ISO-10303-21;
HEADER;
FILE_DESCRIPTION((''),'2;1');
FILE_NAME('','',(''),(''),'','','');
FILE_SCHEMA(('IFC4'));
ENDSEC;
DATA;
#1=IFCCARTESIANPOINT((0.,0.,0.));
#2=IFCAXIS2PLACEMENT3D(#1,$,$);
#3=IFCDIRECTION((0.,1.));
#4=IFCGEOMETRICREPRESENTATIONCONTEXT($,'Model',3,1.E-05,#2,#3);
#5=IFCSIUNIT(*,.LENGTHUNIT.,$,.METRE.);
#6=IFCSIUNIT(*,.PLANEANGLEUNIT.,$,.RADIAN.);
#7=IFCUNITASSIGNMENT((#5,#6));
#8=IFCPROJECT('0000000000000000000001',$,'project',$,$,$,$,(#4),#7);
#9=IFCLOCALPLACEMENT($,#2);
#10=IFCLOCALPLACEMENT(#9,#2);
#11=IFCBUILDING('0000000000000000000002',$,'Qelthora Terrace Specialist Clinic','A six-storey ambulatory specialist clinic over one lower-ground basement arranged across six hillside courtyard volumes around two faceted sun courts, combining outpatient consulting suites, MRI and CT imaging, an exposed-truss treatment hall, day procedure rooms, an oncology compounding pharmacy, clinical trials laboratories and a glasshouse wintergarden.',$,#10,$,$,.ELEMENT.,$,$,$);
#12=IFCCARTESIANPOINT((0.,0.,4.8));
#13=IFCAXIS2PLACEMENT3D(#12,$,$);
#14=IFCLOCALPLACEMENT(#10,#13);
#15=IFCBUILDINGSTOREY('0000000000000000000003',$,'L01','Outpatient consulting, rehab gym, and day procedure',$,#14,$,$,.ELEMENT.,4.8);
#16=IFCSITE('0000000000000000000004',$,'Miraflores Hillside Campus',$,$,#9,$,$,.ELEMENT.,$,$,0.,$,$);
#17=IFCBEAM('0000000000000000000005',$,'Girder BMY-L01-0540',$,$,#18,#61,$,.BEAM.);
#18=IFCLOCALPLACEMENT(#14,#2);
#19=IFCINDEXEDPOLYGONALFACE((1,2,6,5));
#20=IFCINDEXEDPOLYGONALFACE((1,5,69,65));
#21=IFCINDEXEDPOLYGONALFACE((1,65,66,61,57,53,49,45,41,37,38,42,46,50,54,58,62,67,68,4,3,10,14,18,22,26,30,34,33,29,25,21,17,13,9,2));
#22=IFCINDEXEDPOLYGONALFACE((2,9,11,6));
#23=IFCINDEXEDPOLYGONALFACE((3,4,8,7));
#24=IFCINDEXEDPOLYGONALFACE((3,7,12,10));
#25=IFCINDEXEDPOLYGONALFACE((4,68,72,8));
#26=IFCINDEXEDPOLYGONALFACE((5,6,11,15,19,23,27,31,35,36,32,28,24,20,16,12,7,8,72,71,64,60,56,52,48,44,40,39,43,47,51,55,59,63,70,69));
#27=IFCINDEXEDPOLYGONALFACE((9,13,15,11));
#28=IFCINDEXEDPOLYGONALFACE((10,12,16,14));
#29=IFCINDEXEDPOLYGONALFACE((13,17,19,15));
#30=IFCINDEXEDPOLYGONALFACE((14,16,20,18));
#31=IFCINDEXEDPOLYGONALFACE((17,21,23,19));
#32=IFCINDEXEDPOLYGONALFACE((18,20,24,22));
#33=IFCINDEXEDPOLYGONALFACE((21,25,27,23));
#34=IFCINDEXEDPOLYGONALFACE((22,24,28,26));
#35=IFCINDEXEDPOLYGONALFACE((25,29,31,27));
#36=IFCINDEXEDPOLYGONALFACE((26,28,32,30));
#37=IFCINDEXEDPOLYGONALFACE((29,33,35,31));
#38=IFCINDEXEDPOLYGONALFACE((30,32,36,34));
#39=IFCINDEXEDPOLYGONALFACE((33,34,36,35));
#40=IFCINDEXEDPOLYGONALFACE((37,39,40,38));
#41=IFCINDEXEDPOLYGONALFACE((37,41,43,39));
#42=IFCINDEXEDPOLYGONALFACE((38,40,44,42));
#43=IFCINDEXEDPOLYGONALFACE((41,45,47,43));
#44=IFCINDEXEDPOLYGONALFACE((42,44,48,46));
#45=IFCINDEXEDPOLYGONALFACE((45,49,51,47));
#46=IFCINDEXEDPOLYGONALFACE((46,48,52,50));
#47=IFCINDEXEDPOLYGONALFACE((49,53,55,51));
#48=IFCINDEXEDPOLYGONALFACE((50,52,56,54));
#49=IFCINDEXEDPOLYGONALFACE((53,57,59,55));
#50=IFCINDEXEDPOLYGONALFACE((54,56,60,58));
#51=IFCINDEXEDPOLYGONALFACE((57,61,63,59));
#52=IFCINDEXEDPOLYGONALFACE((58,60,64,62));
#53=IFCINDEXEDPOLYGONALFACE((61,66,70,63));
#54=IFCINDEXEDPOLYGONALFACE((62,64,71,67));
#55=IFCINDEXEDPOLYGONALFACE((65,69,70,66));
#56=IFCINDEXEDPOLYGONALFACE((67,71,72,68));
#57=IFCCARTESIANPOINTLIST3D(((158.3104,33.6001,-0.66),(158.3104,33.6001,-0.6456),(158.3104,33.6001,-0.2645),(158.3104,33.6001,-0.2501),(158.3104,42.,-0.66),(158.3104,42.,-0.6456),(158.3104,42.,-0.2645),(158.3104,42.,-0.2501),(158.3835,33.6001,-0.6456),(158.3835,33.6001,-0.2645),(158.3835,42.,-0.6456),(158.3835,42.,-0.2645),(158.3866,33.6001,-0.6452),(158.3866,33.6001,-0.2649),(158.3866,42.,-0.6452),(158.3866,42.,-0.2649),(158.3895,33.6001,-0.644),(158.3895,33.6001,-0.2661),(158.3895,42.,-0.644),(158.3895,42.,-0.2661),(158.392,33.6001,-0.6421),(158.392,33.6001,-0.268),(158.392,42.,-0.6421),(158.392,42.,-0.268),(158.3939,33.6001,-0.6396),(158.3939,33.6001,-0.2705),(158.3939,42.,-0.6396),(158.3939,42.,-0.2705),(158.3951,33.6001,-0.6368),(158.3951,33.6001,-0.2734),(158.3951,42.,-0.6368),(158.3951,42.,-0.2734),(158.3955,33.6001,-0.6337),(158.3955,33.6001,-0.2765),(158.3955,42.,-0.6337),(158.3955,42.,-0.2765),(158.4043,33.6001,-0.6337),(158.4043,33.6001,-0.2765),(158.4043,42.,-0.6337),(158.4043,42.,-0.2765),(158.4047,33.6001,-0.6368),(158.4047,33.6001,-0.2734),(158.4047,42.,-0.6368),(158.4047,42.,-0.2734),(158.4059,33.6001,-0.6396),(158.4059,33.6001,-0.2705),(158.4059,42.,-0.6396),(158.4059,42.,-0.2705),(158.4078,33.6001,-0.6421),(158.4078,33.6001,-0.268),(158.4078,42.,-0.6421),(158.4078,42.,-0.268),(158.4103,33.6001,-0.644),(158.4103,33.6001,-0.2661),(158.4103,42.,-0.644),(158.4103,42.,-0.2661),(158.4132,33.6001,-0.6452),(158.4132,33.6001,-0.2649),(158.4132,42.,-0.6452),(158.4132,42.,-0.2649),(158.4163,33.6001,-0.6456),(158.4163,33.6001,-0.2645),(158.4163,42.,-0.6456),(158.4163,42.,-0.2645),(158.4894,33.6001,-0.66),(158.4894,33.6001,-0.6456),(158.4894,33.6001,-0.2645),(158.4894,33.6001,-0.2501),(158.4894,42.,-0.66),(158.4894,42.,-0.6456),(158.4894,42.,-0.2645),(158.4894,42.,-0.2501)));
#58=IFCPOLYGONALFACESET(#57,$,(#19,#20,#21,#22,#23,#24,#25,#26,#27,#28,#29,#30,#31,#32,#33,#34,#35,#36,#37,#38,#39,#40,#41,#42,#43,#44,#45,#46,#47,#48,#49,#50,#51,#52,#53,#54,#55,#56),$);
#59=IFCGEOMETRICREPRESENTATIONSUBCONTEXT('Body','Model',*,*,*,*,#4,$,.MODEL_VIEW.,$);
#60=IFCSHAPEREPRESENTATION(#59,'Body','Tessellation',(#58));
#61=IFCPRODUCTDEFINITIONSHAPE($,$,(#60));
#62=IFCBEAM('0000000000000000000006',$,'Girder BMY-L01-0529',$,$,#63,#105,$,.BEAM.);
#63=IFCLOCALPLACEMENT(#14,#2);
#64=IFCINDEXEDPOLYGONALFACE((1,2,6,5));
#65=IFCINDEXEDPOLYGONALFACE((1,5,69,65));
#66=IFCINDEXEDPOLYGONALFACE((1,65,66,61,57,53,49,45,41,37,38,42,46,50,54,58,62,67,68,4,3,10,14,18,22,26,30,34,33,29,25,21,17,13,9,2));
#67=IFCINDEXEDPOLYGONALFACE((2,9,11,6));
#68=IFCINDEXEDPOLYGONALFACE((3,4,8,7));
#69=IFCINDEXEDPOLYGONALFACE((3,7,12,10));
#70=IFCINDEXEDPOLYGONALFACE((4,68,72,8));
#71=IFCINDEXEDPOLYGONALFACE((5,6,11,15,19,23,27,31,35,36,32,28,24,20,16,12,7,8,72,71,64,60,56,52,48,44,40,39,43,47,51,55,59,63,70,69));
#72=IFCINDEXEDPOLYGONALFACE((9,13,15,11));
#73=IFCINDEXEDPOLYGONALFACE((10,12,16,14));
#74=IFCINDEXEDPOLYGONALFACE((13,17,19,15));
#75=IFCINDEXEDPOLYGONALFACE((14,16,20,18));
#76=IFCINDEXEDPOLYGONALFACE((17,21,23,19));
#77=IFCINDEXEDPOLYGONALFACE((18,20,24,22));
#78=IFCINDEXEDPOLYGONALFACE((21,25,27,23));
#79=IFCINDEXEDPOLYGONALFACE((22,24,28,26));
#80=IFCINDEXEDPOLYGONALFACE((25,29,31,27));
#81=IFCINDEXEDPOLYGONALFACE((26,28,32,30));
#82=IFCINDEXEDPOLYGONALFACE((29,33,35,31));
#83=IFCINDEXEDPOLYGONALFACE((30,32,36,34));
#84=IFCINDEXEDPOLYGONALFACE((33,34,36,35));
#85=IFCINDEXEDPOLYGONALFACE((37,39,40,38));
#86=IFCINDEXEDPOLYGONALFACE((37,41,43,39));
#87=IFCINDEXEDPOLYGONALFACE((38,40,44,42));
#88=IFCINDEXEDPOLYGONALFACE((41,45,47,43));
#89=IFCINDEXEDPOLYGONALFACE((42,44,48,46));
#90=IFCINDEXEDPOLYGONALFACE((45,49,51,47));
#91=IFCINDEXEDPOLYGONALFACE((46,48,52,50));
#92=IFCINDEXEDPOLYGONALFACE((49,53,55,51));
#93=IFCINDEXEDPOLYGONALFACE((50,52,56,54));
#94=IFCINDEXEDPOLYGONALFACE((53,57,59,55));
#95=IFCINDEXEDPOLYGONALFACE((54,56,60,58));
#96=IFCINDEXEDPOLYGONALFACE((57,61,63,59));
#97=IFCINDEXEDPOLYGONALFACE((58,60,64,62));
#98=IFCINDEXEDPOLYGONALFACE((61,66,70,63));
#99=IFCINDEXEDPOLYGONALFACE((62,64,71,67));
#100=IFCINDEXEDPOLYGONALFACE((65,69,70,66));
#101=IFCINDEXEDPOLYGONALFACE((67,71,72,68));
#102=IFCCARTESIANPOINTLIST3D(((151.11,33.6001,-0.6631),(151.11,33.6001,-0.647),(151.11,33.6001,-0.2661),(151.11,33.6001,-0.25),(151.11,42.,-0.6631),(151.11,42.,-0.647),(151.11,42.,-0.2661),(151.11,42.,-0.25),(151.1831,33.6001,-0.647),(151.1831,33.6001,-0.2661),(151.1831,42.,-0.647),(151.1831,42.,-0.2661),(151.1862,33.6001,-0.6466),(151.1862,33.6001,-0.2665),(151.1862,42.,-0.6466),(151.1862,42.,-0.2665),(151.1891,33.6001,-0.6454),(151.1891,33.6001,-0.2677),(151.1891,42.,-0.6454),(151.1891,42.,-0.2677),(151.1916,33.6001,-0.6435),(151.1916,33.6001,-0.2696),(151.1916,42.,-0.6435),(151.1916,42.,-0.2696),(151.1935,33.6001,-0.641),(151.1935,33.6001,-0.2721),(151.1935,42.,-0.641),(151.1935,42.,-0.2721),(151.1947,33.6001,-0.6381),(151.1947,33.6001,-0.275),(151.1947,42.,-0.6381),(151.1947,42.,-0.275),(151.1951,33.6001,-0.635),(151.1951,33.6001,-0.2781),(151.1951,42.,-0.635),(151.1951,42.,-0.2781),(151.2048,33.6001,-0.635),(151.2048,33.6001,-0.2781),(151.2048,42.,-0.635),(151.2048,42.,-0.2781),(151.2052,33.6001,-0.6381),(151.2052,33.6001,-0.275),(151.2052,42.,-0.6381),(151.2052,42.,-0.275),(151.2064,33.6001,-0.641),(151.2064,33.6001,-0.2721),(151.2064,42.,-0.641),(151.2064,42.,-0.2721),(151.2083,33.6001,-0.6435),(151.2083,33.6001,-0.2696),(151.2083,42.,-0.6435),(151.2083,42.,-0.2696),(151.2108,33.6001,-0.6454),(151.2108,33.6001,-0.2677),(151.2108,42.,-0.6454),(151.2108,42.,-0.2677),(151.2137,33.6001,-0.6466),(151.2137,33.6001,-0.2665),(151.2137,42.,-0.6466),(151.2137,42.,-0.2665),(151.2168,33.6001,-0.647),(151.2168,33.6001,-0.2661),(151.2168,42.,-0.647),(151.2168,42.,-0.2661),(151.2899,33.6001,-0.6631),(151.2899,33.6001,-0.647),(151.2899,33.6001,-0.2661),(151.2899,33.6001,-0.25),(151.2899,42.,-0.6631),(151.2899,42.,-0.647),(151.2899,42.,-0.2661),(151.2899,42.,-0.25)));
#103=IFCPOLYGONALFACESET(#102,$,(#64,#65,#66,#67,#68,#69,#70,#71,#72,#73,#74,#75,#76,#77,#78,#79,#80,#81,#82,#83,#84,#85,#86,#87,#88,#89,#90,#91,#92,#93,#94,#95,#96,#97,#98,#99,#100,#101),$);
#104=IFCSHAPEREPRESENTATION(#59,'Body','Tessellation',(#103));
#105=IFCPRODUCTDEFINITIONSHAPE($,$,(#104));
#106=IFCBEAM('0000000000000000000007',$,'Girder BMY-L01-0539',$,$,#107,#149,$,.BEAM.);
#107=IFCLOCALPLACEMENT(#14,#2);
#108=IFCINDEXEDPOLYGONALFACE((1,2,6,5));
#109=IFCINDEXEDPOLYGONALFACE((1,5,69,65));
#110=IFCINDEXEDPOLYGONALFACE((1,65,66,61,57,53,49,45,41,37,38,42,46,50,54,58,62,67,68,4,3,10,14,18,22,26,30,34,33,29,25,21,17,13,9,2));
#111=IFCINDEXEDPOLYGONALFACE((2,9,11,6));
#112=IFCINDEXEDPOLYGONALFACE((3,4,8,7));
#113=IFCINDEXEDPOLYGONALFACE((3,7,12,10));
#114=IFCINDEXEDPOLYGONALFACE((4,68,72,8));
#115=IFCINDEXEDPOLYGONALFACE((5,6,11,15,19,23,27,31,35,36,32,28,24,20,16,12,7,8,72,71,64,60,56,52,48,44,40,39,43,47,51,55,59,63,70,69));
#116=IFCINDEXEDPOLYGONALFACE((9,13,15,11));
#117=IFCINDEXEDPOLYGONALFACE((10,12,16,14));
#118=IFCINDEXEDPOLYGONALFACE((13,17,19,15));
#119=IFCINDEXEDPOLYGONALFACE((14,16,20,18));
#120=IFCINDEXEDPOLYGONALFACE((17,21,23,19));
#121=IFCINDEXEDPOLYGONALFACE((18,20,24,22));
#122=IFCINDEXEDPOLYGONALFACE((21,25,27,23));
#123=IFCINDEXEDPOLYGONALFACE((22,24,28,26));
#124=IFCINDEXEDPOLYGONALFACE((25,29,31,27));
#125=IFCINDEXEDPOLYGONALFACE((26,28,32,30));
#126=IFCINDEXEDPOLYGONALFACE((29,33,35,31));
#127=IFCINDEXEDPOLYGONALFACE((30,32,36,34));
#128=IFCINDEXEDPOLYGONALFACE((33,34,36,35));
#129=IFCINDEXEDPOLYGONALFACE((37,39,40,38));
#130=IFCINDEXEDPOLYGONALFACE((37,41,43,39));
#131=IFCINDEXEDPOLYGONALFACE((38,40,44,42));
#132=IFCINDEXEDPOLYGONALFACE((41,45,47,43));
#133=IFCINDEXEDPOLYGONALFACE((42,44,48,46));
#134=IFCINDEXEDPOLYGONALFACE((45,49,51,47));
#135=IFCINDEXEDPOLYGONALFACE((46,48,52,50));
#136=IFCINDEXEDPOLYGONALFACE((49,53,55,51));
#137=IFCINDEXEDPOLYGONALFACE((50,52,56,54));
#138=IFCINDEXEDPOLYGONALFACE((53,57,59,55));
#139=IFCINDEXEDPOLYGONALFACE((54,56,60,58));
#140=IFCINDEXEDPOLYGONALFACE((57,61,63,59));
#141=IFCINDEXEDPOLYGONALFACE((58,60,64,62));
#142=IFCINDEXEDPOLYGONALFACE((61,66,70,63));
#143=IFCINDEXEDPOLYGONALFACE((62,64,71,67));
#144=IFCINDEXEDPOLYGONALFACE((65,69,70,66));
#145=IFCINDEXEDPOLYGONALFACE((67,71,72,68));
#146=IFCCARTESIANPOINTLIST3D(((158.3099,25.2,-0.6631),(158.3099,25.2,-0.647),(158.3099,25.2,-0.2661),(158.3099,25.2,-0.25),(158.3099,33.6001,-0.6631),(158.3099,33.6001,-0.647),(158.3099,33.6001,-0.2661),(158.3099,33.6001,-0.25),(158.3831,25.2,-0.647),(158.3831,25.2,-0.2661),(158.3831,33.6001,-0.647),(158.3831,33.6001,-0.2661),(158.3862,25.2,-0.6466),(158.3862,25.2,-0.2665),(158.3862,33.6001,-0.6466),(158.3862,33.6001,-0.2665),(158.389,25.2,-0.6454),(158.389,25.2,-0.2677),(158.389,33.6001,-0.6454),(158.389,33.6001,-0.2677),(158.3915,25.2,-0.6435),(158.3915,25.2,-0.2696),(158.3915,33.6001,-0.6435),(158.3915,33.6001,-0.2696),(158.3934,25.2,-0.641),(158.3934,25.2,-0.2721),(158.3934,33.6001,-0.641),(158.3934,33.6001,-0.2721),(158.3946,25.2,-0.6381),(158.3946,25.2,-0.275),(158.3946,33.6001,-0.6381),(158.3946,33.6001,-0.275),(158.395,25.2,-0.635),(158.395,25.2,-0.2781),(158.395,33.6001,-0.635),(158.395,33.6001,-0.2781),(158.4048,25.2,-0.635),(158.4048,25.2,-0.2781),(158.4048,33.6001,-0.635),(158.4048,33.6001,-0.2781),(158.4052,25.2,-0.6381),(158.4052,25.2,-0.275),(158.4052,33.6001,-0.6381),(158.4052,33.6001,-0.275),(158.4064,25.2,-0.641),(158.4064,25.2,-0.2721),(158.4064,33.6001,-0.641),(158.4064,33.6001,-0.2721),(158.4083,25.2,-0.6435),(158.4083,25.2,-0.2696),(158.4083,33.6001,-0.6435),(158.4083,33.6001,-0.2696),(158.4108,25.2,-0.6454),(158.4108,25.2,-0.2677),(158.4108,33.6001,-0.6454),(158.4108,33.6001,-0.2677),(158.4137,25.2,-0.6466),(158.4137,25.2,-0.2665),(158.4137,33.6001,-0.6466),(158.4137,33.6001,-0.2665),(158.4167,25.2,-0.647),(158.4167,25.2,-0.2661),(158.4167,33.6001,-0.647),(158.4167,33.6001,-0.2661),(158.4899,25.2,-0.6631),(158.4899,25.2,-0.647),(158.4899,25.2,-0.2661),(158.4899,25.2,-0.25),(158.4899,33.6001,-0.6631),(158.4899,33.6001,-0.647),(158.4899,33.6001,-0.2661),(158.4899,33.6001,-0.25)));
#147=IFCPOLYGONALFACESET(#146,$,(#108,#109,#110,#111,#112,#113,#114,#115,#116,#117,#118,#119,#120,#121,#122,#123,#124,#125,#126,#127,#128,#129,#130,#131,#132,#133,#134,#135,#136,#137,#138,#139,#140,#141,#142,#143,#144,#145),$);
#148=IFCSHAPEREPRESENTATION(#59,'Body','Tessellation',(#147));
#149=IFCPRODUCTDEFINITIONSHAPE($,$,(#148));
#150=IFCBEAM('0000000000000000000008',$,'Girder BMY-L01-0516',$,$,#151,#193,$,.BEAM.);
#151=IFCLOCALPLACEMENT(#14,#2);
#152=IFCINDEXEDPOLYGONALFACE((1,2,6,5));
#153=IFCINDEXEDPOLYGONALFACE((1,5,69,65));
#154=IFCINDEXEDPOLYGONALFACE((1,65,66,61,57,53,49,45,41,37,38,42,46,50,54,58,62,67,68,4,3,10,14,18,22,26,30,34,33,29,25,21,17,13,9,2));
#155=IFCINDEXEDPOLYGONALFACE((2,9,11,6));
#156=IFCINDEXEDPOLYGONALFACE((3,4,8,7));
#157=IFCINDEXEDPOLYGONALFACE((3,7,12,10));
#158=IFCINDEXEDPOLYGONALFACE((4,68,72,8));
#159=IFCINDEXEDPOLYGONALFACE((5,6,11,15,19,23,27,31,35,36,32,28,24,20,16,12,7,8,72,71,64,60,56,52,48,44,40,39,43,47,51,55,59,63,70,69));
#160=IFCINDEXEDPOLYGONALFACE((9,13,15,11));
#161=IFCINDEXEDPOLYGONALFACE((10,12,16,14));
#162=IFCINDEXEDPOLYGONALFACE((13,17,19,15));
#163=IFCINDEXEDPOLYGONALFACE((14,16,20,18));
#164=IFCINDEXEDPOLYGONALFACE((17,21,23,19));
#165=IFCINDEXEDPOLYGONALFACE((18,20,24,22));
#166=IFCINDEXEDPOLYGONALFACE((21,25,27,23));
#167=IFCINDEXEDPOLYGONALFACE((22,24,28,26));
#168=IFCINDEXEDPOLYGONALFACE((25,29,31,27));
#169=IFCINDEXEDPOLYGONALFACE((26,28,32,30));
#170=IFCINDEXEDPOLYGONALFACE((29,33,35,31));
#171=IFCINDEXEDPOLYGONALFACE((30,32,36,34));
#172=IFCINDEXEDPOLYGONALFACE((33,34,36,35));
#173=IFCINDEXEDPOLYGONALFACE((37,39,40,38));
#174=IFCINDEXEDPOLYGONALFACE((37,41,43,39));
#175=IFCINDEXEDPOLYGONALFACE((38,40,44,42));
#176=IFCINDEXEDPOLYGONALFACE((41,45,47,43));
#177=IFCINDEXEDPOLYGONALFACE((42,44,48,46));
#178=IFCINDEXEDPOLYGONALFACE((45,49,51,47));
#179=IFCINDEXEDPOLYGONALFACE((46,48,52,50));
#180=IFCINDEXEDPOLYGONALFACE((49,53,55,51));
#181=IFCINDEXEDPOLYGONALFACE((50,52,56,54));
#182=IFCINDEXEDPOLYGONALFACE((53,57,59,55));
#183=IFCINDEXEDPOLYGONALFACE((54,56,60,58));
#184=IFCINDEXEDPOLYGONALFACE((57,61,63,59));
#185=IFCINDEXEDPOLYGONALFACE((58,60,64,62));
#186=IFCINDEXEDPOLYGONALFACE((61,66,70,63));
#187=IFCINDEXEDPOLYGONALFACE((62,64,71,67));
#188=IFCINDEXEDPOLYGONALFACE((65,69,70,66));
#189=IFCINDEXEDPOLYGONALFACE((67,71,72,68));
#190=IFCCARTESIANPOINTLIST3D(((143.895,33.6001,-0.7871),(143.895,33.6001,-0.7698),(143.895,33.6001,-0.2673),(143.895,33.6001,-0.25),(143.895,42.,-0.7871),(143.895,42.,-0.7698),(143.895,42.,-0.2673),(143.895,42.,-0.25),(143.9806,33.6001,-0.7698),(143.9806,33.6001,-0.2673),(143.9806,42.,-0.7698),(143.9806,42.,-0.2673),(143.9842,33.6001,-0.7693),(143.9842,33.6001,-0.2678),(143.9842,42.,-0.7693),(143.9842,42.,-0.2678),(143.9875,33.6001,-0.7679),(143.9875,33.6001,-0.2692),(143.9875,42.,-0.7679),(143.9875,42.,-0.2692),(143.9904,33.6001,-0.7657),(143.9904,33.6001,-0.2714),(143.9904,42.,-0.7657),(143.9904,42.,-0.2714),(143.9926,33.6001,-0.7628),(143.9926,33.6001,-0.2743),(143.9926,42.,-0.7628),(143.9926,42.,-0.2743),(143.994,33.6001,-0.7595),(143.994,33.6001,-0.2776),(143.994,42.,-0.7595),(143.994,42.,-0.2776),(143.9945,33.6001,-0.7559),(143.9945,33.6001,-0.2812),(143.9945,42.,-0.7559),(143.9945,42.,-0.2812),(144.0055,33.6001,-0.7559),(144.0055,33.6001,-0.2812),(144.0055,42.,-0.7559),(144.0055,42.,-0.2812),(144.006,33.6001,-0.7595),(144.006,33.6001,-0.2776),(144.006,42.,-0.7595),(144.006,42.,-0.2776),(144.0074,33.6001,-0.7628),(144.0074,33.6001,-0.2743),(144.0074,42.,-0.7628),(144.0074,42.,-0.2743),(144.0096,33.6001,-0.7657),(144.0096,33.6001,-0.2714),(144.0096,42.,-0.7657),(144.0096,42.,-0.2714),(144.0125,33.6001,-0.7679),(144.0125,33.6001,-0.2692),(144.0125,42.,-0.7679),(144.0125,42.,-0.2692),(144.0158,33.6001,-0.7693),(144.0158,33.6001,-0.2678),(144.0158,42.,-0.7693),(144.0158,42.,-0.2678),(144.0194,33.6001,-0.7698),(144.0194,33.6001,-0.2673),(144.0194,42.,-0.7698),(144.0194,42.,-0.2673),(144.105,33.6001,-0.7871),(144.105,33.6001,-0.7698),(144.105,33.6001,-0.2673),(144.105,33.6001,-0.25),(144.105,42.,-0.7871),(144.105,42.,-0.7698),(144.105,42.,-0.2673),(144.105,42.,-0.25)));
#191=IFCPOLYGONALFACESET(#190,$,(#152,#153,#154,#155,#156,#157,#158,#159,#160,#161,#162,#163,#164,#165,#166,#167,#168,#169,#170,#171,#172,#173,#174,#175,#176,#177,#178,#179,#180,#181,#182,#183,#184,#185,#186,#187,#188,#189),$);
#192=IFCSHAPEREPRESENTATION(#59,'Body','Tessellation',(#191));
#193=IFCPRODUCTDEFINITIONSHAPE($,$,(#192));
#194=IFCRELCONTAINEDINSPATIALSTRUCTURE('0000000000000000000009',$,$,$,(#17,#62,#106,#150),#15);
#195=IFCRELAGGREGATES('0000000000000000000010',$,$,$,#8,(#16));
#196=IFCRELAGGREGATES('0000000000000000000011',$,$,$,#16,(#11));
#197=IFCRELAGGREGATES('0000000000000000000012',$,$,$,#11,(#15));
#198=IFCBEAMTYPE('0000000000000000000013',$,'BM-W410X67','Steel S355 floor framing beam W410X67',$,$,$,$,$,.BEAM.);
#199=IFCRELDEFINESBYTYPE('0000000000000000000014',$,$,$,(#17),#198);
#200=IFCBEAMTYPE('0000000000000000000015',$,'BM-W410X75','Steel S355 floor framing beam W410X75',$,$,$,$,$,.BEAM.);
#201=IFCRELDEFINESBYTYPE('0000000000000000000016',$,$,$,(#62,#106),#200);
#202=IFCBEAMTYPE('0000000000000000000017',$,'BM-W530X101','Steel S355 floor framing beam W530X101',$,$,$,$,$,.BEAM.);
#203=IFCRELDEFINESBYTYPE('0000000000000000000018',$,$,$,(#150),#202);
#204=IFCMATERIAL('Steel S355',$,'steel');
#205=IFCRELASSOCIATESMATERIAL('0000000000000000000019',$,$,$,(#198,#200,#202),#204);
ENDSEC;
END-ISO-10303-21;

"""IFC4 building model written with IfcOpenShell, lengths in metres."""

from ifc_helpers import new_model, si_unit, direction, frame, origin, origin_2d, place, context, subcontext, project, spatial, i_section, extrude, material, material_profile, profile_set, type_object, element, save


model = new_model("IFC4")

# Units and contexts
model_context = context("Model", 3, precision=1e-05, world=origin(), true_north=direction((0.0, 1.0)))
body_context = subcontext(model_context, "Body", "Model", "MODEL_VIEW")
ifc_project = project(units=[si_unit("LENGTHUNIT", "METRE"), si_unit("PLANEANGLEUNIT", "RADIAN")], contexts=[model_context])

# Site, building, storey
site_placement = place(None, origin())
site = spatial("IfcSite", under=ifc_project, at=site_placement, Name="Miraflores Hillside Campus", CompositionType="ELEMENT", RefElevation=0.0)
building_placement = place(site_placement, origin())
building = spatial("IfcBuilding", under=site, at=building_placement, Name="Qelthora Terrace Specialist Clinic", Description="A six-storey ambulatory specialist clinic over one lower-ground basement arranged across six hillside courtyard volumes around two faceted sun courts, combining outpatient consulting suites, MRI and CT imaging, an exposed-truss treatment hall, day procedure rooms, an oncology compounding pharmacy, clinical trials laboratories and a glasshouse wintergarden.", CompositionType="ELEMENT")
storey_placement = place(building_placement, frame((0.0, 0.0, 4.8)))
storey = spatial("IfcBuildingStorey", under=building, at=storey_placement, Name="L01", Description="Outpatient consulting, rehab gym, and day procedure", CompositionType="ELEMENT", Elevation=4.8)

# Shared definitions
ifc_material_1 = material(Name="Steel S355", Category="steel")

# Beams
ifc_material_profile_1 = material_profile(ifc_material_1, i_section(OverallWidth=0.179, OverallDepth=0.4099, WebThickness=0.0088, FlangeThickness=0.0144, FilletRadius=0.012, at=origin_2d()), Name="W410X67")
ifc_profile_set_1 = profile_set([ifc_material_profile_1], Name="Steel S355")
beam_type_1 = type_object("IfcBeamType", Name="BM-W410X67", Description="Steel S355 floor framing beam W410X67", PredefinedType="BEAM", material=ifc_profile_set_1)
beam_1_placement = place(storey_placement, frame((158.3999, 33.6001, -0.4551), z_axis=(0.0, 1.0, 0.0), x_axis=(-1.0, 0.0, 0.0)))
element("IfcBeam", 1, at=beam_1_placement, inside=storey, type_object=beam_type_1, Name="Girder BMY-L01-0540", PredefinedType="BEAM", context=body_context, shape_type="SweptSolid", body=[
    extrude(i_section(OverallWidth=0.179, OverallDepth=0.4099, WebThickness=0.0088, FlangeThickness=0.0144, FilletRadius=0.012, at=origin_2d()), origin(), (0.0, 0.0, 1.0), 8.3999),
])
ifc_material_profile_2 = material_profile(ifc_material_1, i_section(OverallWidth=0.1799, OverallDepth=0.4131, WebThickness=0.0098, FlangeThickness=0.0161, FilletRadius=0.012, at=origin_2d()), Name="W410X75")
ifc_profile_set_2 = profile_set([ifc_material_profile_2], Name="Steel S355")
beam_type_2 = type_object("IfcBeamType", Name="BM-W410X75", Description="Steel S355 floor framing beam W410X75", PredefinedType="BEAM", material=ifc_profile_set_2)
beam_2_placement = place(storey_placement, frame((151.2, 33.6001, -0.4565), z_axis=(0.0, 1.0, 0.0), x_axis=(-1.0, 0.0, 0.0)))
element("IfcBeam", 2, at=beam_2_placement, inside=storey, type_object=beam_type_2, Name="Girder BMY-L01-0529", PredefinedType="BEAM", context=body_context, shape_type="SweptSolid", body=[
    extrude(i_section(OverallWidth=0.1799, OverallDepth=0.4131, WebThickness=0.0098, FlangeThickness=0.0161, FilletRadius=0.012, at=origin_2d()), origin(), (0.0, 0.0, 1.0), 8.3999),
])
beam_3_placement = place(storey_placement, frame((158.3999, 25.2, -0.4565), z_axis=(0.0, 1.0, 0.0), x_axis=(-1.0, 0.0, 0.0)))
element("IfcBeam", 3, at=beam_3_placement, inside=storey, type_object=beam_type_2, Name="Girder BMY-L01-0539", PredefinedType="BEAM", context=body_context, shape_type="SweptSolid", body=[
    extrude(i_section(OverallWidth=0.1799, OverallDepth=0.4131, WebThickness=0.0098, FlangeThickness=0.0161, FilletRadius=0.012, at=origin_2d()), origin(), (0.0, 0.0, 1.0), 8.4001),
])
ifc_material_profile_3 = material_profile(ifc_material_1, i_section(OverallWidth=0.21, OverallDepth=0.5371, WebThickness=0.011, FlangeThickness=0.0173, FilletRadius=0.0139, at=origin_2d()), Name="W530X101")
ifc_profile_set_3 = profile_set([ifc_material_profile_3], Name="Steel S355")
beam_type_3 = type_object("IfcBeamType", Name="BM-W530X101", Description="Steel S355 floor framing beam W530X101", PredefinedType="BEAM", material=ifc_profile_set_3)
beam_4_placement = place(storey_placement, frame((144.0, 33.6001, -0.5186), z_axis=(0.0, 1.0, 0.0), x_axis=(-1.0, 0.0, 0.0)))
element("IfcBeam", 4, at=beam_4_placement, inside=storey, type_object=beam_type_3, Name="Girder BMY-L01-0516", PredefinedType="BEAM", context=body_context, shape_type="SweptSolid", body=[
    extrude(i_section(OverallWidth=0.21, OverallDepth=0.5371, WebThickness=0.011, FlangeThickness=0.0173, FilletRadius=0.0139, at=origin_2d()), origin(), (0.0, 0.0, 1.0), 8.3999),
])

save(model, "model.ifc")
